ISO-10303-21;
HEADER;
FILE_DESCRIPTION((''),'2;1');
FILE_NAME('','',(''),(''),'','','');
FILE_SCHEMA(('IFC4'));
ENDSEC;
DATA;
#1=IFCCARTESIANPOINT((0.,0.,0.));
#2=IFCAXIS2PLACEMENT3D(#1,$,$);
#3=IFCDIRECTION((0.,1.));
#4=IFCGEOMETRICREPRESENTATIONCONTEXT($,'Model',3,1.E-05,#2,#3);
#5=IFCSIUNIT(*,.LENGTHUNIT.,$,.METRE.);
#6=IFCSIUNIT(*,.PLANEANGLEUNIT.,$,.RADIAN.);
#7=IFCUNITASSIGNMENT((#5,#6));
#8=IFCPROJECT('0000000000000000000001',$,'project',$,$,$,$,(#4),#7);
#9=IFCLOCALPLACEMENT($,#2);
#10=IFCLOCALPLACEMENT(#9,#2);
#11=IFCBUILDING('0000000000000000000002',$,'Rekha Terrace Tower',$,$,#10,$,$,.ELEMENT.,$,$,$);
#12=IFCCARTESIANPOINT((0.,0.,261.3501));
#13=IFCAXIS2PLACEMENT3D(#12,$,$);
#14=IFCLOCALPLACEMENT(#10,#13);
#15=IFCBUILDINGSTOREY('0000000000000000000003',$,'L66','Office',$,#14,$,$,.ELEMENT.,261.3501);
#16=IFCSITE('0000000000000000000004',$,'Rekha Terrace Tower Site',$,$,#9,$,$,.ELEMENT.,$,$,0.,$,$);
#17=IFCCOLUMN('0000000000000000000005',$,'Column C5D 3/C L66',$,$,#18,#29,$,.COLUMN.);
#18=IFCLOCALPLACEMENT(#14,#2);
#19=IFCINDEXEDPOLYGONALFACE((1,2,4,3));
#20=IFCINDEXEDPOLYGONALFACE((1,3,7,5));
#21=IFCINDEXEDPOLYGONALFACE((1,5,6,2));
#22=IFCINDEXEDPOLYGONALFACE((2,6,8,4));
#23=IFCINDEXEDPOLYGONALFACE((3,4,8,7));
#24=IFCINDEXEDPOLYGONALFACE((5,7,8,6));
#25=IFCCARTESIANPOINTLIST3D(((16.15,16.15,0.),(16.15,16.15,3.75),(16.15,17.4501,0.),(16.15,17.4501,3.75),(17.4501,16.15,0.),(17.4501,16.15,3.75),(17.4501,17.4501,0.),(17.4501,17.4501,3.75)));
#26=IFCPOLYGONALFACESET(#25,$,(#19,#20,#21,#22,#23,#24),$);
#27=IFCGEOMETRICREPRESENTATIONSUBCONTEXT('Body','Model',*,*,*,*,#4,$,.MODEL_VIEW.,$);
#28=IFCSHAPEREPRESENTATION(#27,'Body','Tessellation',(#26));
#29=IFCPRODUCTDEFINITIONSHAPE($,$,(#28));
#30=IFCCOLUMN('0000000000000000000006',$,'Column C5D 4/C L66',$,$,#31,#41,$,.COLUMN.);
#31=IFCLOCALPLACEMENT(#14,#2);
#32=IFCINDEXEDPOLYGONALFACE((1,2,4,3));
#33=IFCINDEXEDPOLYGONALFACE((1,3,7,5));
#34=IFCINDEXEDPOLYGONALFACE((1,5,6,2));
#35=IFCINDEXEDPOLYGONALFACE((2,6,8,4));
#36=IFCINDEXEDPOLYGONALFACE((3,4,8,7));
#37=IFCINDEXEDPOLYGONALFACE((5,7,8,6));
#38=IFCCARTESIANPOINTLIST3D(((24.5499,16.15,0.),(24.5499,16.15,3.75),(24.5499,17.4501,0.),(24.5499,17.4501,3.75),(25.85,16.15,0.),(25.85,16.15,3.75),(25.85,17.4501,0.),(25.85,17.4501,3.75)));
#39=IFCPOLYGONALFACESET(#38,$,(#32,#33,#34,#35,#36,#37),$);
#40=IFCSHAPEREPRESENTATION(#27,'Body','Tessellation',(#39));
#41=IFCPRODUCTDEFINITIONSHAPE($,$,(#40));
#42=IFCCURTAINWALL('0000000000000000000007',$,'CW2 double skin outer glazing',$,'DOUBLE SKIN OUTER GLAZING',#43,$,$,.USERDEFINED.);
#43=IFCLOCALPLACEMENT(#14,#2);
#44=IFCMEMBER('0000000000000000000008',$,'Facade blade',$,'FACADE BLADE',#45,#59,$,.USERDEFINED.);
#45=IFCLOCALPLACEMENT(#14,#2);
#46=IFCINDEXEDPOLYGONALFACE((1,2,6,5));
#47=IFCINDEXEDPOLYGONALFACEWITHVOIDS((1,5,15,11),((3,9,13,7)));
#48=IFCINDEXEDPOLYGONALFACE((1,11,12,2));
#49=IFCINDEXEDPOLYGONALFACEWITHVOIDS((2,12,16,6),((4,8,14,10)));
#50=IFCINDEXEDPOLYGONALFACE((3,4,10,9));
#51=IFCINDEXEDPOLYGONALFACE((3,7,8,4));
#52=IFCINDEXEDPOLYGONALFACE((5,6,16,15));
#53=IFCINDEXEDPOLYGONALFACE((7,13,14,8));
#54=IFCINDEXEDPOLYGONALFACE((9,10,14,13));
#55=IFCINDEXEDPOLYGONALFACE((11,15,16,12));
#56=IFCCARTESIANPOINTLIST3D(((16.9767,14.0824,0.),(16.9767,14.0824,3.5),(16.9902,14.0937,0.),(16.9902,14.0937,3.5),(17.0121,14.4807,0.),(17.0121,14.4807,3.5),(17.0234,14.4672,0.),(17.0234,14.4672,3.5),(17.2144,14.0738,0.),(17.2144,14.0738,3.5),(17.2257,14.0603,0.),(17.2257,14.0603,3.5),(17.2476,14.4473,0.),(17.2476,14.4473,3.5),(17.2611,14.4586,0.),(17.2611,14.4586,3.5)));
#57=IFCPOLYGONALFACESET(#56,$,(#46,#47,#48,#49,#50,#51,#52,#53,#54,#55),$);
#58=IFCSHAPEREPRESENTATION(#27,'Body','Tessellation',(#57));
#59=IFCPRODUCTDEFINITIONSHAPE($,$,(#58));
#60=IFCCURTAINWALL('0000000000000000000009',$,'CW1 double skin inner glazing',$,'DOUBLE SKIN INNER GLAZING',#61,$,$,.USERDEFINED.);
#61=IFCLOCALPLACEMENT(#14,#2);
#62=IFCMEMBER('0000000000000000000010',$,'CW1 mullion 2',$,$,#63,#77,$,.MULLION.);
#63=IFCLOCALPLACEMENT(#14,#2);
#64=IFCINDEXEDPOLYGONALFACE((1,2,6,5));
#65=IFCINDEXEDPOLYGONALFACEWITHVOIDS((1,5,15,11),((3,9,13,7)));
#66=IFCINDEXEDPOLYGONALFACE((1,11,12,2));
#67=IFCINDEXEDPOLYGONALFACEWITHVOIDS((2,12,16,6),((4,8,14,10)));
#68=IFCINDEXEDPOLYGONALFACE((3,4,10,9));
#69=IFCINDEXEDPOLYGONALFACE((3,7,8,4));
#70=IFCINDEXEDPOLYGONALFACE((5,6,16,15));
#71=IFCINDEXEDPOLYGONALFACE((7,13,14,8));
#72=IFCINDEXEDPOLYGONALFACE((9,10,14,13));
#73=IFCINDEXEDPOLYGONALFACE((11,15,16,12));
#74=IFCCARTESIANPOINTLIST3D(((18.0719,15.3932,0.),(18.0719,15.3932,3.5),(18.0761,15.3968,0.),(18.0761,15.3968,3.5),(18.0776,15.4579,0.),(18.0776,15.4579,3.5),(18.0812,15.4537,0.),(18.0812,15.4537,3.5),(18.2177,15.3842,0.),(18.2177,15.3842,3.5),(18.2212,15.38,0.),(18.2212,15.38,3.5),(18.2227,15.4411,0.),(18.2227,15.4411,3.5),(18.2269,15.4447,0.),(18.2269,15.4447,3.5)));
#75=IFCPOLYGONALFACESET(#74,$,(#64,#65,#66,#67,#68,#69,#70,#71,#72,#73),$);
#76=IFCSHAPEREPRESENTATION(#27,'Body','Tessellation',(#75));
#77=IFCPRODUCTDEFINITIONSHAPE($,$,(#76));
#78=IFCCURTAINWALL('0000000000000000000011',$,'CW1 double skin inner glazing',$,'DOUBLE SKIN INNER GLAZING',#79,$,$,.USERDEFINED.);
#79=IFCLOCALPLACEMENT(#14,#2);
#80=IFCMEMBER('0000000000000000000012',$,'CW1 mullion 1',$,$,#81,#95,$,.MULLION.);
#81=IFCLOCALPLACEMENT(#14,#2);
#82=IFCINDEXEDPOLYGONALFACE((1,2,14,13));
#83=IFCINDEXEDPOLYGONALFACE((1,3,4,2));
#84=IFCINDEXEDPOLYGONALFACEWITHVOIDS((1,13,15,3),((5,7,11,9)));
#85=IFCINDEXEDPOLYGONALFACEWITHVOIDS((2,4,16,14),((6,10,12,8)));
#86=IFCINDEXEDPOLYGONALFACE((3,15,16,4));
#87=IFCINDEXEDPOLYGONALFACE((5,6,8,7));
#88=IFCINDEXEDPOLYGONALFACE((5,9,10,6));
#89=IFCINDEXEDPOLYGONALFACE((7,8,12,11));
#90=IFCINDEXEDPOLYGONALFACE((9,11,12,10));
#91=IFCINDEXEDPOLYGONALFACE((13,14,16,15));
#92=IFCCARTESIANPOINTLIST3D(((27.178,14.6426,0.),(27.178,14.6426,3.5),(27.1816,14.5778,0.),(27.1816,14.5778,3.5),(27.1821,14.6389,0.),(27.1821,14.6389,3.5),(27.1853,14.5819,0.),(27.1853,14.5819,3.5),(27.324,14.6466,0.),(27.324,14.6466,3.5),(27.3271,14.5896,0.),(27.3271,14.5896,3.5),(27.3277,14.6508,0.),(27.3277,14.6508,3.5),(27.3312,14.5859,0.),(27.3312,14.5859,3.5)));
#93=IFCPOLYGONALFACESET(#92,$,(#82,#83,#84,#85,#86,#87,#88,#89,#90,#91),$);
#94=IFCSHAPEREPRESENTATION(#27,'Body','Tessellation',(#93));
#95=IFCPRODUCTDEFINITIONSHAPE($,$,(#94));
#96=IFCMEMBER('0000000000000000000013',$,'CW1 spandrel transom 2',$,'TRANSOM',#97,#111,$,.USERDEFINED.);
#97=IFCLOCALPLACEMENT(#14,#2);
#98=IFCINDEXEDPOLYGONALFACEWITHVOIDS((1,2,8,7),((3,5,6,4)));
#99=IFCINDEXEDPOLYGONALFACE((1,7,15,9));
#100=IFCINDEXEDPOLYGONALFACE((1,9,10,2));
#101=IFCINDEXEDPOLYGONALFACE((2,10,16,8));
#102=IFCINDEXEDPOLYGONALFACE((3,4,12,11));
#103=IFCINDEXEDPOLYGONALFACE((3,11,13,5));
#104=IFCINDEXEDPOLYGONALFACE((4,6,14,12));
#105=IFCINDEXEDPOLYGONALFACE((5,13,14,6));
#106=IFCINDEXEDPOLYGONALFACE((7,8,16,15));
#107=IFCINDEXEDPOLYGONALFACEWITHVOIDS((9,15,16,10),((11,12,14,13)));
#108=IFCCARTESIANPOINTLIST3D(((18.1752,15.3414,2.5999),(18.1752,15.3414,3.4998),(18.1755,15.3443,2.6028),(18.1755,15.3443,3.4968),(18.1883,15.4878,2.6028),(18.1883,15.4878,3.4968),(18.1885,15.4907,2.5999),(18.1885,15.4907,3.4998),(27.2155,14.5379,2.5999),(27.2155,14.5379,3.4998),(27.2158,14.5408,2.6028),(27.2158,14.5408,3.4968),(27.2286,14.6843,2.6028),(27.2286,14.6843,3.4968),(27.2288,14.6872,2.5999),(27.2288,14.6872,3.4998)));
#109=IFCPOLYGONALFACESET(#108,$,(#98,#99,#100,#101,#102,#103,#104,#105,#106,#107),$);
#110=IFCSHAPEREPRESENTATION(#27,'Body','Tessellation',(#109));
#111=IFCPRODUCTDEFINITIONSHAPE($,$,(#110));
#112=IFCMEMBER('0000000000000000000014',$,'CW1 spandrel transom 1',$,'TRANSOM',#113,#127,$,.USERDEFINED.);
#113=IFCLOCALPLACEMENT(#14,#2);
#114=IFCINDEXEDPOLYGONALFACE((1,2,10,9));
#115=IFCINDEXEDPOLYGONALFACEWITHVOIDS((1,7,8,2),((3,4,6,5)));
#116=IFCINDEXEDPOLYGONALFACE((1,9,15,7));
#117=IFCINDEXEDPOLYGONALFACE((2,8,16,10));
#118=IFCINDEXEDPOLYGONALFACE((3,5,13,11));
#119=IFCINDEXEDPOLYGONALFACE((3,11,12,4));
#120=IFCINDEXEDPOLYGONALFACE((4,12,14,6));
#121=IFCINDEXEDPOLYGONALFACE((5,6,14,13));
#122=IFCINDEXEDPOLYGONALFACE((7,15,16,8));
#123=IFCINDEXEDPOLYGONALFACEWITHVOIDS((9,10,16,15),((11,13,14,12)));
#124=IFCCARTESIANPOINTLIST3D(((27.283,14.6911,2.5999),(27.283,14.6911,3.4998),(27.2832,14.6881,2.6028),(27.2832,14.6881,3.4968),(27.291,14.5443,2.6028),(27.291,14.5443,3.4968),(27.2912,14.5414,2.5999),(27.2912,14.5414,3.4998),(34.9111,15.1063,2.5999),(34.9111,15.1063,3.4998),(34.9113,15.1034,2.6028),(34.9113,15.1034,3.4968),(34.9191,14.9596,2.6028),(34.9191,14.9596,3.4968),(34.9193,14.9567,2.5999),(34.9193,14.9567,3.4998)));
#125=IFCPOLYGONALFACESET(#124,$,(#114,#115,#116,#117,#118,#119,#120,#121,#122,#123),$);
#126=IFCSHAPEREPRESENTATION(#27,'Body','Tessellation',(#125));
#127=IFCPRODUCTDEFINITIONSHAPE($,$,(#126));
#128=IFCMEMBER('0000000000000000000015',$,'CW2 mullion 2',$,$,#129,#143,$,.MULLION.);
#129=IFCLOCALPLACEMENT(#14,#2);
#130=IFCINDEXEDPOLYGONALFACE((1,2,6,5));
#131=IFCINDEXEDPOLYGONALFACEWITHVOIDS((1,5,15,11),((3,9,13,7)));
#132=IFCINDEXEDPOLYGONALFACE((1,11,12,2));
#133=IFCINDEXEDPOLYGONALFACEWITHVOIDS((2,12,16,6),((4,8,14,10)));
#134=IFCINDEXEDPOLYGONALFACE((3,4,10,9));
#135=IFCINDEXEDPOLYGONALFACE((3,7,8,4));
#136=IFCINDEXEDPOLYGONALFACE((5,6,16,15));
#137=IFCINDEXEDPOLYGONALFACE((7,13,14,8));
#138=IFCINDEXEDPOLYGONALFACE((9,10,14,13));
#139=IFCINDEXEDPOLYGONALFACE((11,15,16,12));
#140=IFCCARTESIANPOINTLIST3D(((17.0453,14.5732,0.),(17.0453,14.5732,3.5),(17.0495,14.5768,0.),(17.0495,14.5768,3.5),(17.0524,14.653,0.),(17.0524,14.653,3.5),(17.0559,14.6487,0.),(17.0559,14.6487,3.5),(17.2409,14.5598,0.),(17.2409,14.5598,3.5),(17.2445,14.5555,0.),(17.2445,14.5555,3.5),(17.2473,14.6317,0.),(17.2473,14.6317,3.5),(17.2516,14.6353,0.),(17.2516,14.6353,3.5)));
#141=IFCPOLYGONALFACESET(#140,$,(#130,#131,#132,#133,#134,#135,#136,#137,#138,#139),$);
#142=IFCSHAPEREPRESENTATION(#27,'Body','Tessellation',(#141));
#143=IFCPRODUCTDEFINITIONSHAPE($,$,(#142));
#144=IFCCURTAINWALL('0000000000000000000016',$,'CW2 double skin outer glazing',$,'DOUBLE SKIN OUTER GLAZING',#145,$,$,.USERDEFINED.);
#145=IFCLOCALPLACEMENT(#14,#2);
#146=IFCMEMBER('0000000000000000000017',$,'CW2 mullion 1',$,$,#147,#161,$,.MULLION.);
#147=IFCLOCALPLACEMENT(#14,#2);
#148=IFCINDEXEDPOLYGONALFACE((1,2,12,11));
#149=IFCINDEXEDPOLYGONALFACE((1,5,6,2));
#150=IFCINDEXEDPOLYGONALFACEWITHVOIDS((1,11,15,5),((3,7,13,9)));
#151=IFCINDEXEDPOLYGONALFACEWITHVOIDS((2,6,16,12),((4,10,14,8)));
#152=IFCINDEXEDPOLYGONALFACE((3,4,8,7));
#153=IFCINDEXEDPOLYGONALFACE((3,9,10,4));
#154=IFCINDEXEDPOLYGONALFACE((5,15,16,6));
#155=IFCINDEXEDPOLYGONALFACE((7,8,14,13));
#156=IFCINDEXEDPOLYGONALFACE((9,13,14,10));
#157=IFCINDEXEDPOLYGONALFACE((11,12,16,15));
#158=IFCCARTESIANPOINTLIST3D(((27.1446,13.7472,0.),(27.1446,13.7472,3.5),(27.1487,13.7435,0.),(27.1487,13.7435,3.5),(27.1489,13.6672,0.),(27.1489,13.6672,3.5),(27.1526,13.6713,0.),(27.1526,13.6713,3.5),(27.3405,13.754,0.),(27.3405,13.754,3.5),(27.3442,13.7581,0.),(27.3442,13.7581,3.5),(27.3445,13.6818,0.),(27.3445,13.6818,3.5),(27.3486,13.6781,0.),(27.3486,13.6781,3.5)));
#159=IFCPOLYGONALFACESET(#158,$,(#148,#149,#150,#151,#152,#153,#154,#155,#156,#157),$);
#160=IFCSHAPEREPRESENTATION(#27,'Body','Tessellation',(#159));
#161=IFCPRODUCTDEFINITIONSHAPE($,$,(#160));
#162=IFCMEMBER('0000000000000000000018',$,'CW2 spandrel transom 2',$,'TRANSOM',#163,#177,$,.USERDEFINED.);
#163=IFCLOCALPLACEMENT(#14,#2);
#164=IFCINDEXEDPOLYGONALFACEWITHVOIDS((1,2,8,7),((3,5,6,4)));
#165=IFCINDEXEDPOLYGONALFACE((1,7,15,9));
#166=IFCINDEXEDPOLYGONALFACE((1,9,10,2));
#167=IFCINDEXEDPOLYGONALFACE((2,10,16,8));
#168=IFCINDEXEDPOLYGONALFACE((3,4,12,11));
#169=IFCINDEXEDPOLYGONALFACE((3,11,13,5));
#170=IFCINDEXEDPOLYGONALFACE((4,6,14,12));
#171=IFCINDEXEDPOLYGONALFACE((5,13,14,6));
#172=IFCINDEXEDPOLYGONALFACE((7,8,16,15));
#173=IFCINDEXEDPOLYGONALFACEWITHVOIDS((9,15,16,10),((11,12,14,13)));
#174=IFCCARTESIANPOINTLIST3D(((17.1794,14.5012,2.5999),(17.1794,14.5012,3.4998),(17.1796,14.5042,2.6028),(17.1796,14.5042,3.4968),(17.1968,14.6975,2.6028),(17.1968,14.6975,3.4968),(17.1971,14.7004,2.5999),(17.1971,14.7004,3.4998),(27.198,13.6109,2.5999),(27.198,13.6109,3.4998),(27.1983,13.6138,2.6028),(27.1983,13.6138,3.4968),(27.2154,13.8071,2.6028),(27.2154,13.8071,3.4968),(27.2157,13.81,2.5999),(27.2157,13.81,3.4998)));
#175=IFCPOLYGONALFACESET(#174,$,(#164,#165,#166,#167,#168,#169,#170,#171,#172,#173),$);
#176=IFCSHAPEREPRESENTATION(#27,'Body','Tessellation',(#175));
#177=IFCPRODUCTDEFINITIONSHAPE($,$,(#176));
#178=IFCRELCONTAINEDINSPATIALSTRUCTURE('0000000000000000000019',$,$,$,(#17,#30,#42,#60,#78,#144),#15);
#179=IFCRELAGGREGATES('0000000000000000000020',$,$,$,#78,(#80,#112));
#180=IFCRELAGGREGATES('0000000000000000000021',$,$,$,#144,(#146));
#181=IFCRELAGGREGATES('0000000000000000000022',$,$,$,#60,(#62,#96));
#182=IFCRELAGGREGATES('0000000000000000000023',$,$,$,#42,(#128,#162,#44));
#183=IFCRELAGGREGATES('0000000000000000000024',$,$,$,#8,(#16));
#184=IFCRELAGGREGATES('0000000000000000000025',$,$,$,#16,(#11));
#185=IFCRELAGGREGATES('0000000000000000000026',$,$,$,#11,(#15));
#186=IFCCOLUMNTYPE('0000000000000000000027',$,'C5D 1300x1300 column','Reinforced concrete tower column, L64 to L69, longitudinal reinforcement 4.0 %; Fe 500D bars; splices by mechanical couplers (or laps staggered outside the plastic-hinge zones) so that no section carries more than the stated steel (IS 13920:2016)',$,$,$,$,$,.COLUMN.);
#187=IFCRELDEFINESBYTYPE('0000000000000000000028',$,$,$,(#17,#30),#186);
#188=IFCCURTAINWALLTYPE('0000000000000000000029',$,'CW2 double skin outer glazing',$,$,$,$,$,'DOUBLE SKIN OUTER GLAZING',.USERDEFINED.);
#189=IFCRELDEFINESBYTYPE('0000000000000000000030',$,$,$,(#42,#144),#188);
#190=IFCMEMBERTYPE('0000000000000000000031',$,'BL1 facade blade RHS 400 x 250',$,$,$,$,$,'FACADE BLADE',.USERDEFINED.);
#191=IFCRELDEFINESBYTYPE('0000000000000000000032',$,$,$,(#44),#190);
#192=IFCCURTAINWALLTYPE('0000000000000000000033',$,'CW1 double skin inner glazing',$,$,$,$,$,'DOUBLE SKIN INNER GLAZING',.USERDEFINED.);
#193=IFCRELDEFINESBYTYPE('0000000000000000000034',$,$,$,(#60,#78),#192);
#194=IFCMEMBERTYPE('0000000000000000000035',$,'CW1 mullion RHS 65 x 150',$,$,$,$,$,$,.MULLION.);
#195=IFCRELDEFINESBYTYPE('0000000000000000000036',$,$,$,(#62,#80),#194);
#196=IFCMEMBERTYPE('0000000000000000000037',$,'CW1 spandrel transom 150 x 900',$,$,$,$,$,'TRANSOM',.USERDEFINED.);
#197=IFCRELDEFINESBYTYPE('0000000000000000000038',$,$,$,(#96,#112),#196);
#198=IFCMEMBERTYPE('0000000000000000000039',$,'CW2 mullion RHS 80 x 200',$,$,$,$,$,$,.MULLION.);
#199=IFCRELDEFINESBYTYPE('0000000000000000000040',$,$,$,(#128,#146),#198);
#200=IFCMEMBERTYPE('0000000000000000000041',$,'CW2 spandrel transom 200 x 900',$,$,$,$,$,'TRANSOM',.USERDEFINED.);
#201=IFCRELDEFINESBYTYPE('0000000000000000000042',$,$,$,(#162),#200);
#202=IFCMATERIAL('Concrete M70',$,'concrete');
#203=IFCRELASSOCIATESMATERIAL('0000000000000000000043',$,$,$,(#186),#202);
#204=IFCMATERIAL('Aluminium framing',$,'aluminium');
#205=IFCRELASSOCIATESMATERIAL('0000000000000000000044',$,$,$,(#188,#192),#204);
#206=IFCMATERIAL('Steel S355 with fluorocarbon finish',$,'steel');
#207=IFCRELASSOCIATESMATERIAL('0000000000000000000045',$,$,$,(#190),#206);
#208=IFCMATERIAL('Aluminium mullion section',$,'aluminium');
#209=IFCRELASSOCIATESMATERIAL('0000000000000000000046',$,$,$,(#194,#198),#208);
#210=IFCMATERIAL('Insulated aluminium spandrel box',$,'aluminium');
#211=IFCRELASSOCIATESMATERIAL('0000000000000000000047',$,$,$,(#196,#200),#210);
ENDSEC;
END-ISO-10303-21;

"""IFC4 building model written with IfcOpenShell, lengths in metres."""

from ifc_helpers import new_model, si_unit, direction, frame, origin, origin_2d, place, context, subcontext, project, spatial, rectangle, hollow_rectangle, extrude, material, material_profile, profile_set, type_object, element, aggregate, save


model = new_model("IFC4")

# Units and contexts
model_context = context("Model", 3, precision=1e-05, world=origin(), true_north=direction((0.0, 1.0)))
body_context = subcontext(model_context, "Body", "Model", "MODEL_VIEW")
ifc_project = project(units=[si_unit("LENGTHUNIT", "METRE"), si_unit("PLANEANGLEUNIT", "RADIAN")], contexts=[model_context])

# Site, building, storey
site_placement = place(None, origin())
site = spatial("IfcSite", under=ifc_project, at=site_placement, Name="Rekha Terrace Tower Site", CompositionType="ELEMENT", RefElevation=0.0)
building_placement = place(site_placement, origin())
building = spatial("IfcBuilding", under=site, at=building_placement, Name="Rekha Terrace Tower", CompositionType="ELEMENT")
storey_placement = place(building_placement, frame((0.0, 0.0, 261.3501)))
storey = spatial("IfcBuildingStorey", under=building, at=storey_placement, Name="L66", Description="Office", CompositionType="ELEMENT", Elevation=261.3501)

# Columns
ifc_material_1 = material(Name="Concrete M70", Category="concrete")
ifc_material_profile_1 = material_profile(ifc_material_1, rectangle(XDim=1.3, YDim=1.3, at=origin_2d()), Name="RC 1300x1300")
ifc_profile_set_1 = profile_set([ifc_material_profile_1], Name="Concrete M70")
column_type = type_object("IfcColumnType", Name="C5D 1300x1300 column", Description="Reinforced concrete tower column, L64 to L69, longitudinal reinforcement 4.0 %; Fe 500D bars; splices by mechanical couplers (or laps staggered outside the plastic-hinge zones) so that no section carries more than the stated steel (IS 13920:2016)", PredefinedType="COLUMN", material=ifc_profile_set_1)
for number, where, z_axis, x_axis, name in (
    (1, (16.8, 16.8, 0.0), (0.0, 0.0, 1.0), (1.0, 0.0, 0.0), "Column C5D 3/C L66"),
    (2, (25.2, 16.8, 0.0), (0.0, 0.0, 1.0), (1.0, 0.0, 0.0), "Column C5D 4/C L66"),
):
    element("IfcColumn", number, at=place(storey_placement, frame(where, z_axis=z_axis, x_axis=x_axis)), inside=storey, type_object=column_type, Name=name, PredefinedType="COLUMN", context=body_context, shape_type="SweptSolid", body=[
        extrude(rectangle(XDim=1.3, YDim=1.3, at=origin_2d()), origin(), (0.0, 0.0, 1.0), 3.75),
    ])

# Curtain walls, members
ifc_material_2 = material(Name="Aluminium framing", Category="aluminium")
curtain_wall_type_1 = type_object("IfcCurtainWallType", Name="CW2 double skin outer glazing", ElementType="DOUBLE SKIN OUTER GLAZING", PredefinedType="USERDEFINED", material=ifc_material_2)
curtain_wall_1_placement = place(storey_placement, origin())
curtain_wall_1 = element("IfcCurtainWall", 3, at=curtain_wall_1_placement, inside=storey, type_object=curtain_wall_type_1, Name="CW2 double skin outer glazing", ObjectType="DOUBLE SKIN OUTER GLAZING", PredefinedType="USERDEFINED")
ifc_material_3 = material(Name="Steel S355 with fluorocarbon finish", Category="steel")
ifc_material_profile_2 = material_profile(ifc_material_3, hollow_rectangle(XDim=0.25, YDim=0.3999, WallThickness=0.0125, at=origin_2d()), Name="RHS400x250x12.5")
ifc_profile_set_2 = profile_set([ifc_material_profile_2], Name="Steel S355 with fluorocarbon finish")
member_type_1 = type_object("IfcMemberType", Name="BL1 facade blade RHS 400 x 250", ElementType="FACADE BLADE", PredefinedType="USERDEFINED", material=ifc_profile_set_2)
member_1_placement = place(storey_placement, frame((17.1189, 14.2705, 0.0), z_axis=(0.0, 0.0, 1.0), x_axis=(0.996074, -0.088522, 0.0)))
member_1 = element("IfcMember", 4, at=member_1_placement, type_object=member_type_1, Name="Facade blade", ObjectType="FACADE BLADE", PredefinedType="USERDEFINED", context=body_context, shape_type="SweptSolid", body=[
    extrude(hollow_rectangle(XDim=0.25, YDim=0.3999, WallThickness=0.0125, at=origin_2d()), origin(), (0.0, 0.0, 1.0), 3.5),
])
curtain_wall_type_2 = type_object("IfcCurtainWallType", Name="CW1 double skin inner glazing", ElementType="DOUBLE SKIN INNER GLAZING", PredefinedType="USERDEFINED", material=ifc_material_2)
curtain_wall_2_placement = place(storey_placement, origin())
curtain_wall_2 = element("IfcCurtainWall", 5, at=curtain_wall_2_placement, inside=storey, type_object=curtain_wall_type_2, Name="CW1 double skin inner glazing", ObjectType="DOUBLE SKIN INNER GLAZING", PredefinedType="USERDEFINED")
ifc_material_4 = material(Name="Aluminium mullion section", Category="aluminium")
ifc_material_profile_3 = material_profile(ifc_material_4, hollow_rectangle(XDim=0.0649, YDim=0.1499, WallThickness=0.0039, at=origin_2d()), Name="AL RHS 65x150")
ifc_profile_set_3 = profile_set([ifc_material_profile_3], Name="Aluminium mullion section")
member_type_2 = type_object("IfcMemberType", Name="CW1 mullion RHS 65 x 150", PredefinedType="MULLION", material=ifc_profile_set_3)
member_2_placement = place(storey_placement, frame((18.1494, 15.4189, 0.0), z_axis=(0.0, 0.0, 1.0), x_axis=(0.088522, 0.996074, 0.0)))
member_2 = element("IfcMember", 6, at=member_2_placement, type_object=member_type_2, Name="CW1 mullion 2", PredefinedType="MULLION", context=body_context, shape_type="SweptSolid", body=[
    extrude(hollow_rectangle(XDim=0.0649, YDim=0.1499, WallThickness=0.0039, at=origin_2d()), origin(), (0.0, 0.0, 1.0), 3.5),
])
curtain_wall_3_placement = place(storey_placement, origin())
curtain_wall_3 = element("IfcCurtainWall", 7, at=curtain_wall_3_placement, inside=storey, type_object=curtain_wall_type_2, Name="CW1 double skin inner glazing", ObjectType="DOUBLE SKIN INNER GLAZING", PredefinedType="USERDEFINED")
member_3_placement = place(storey_placement, frame((27.2546, 14.6143, 0.0), z_axis=(0.0, 0.0, 1.0), x_axis=(-0.054389, 0.99852, 0.0)))
member_3 = element("IfcMember", 8, at=member_3_placement, type_object=member_type_2, Name="CW1 mullion 1", PredefinedType="MULLION", context=body_context, shape_type="SweptSolid", body=[
    extrude(hollow_rectangle(XDim=0.0649, YDim=0.1499, WallThickness=0.0039, at=origin_2d()), origin(), (0.0, 0.0, 1.0), 3.5),
])

# Members
ifc_material_5 = material(Name="Insulated aluminium spandrel box", Category="aluminium")
ifc_material_profile_4 = material_profile(ifc_material_5, hollow_rectangle(XDim=0.1499, YDim=0.8999, WallThickness=0.0029, at=origin_2d()), Name="AL SPANDREL BOX 150x900")
ifc_profile_set_4 = profile_set([ifc_material_profile_4], Name="Insulated aluminium spandrel box")
member_type_3 = type_object("IfcMemberType", Name="CW1 spandrel transom 150 x 900", ElementType="TRANSOM", PredefinedType="USERDEFINED", material=ifc_profile_set_4)
member_4_placement = place(storey_placement, frame((18.1819, 15.416, 3.0498), z_axis=(0.996074, -0.088527, 0.0), x_axis=(0.088527, 0.996074, 0.0)))
member_4 = element("IfcMember", 9, at=member_4_placement, type_object=member_type_3, Name="CW1 spandrel transom 2", ObjectType="TRANSOM", PredefinedType="USERDEFINED", context=body_context, shape_type="SweptSolid", body=[
    extrude(hollow_rectangle(XDim=0.1499, YDim=0.8999, WallThickness=0.0029, at=origin_2d()), origin(), (0.0, 0.0, 1.0), 9.0759),
])
member_5_placement = place(storey_placement, frame((27.2871, 14.6162, 3.0498), z_axis=(0.998521, 0.05436, 0.0), x_axis=(-0.05436, 0.998521, 0.0)))
member_5 = element("IfcMember", 10, at=member_5_placement, type_object=member_type_3, Name="CW1 spandrel transom 1", ObjectType="TRANSOM", PredefinedType="USERDEFINED", context=body_context, shape_type="SweptSolid", body=[
    extrude(hollow_rectangle(XDim=0.1499, YDim=0.8999, WallThickness=0.0029, at=origin_2d()), origin(), (0.0, 0.0, 1.0), 7.6394),
])
aggregate(curtain_wall_3, [member_3, member_5])
ifc_material_profile_5 = material_profile(ifc_material_4, hollow_rectangle(XDim=0.0801, YDim=0.2, WallThickness=0.0039, at=origin_2d()), Name="AL RHS 80x200")
ifc_profile_set_5 = profile_set([ifc_material_profile_5], Name="Aluminium mullion section")
member_type_4 = type_object("IfcMemberType", Name="CW2 mullion RHS 80 x 200", PredefinedType="MULLION", material=ifc_profile_set_5)
member_6_placement = place(storey_placement, frame((17.1484, 14.6042, 0.0), z_axis=(0.0, 0.0, 1.0), x_axis=(0.088522, 0.996074, 0.0)))
member_6 = element("IfcMember", 11, at=member_6_placement, type_object=member_type_4, Name="CW2 mullion 2", PredefinedType="MULLION", context=body_context, shape_type="SweptSolid", body=[
    extrude(hollow_rectangle(XDim=0.0801, YDim=0.2, WallThickness=0.0039, at=origin_2d()), origin(), (0.0, 0.0, 1.0), 3.5),
])

# Curtain wall, member
curtain_wall_4_placement = place(storey_placement, origin())
curtain_wall_4 = element("IfcCurtainWall", 12, at=curtain_wall_4_placement, inside=storey, type_object=curtain_wall_type_1, Name="CW2 double skin outer glazing", ObjectType="DOUBLE SKIN OUTER GLAZING", PredefinedType="USERDEFINED")
member_7_placement = place(storey_placement, frame((27.2466, 13.7126, 0.0), z_axis=(0.0, 0.0, 1.0), x_axis=(-0.054389, 0.99852, 0.0)))
member_7 = element("IfcMember", 13, at=member_7_placement, type_object=member_type_4, Name="CW2 mullion 1", PredefinedType="MULLION", context=body_context, shape_type="SweptSolid", body=[
    extrude(hollow_rectangle(XDim=0.0801, YDim=0.2, WallThickness=0.0039, at=origin_2d()), origin(), (0.0, 0.0, 1.0), 3.5),
])

# Member
ifc_material_profile_6 = material_profile(ifc_material_5, hollow_rectangle(XDim=0.2, YDim=0.8999, WallThickness=0.0029, at=origin_2d()), Name="AL SPANDREL BOX 200x900")
ifc_profile_set_6 = profile_set([ifc_material_profile_6], Name="Insulated aluminium spandrel box")
member_type_5 = type_object("IfcMemberType", Name="CW2 spandrel transom 200 x 900", ElementType="TRANSOM", PredefinedType="USERDEFINED", material=ifc_profile_set_6)
member_8_placement = place(storey_placement, frame((17.1882, 14.6008, 3.0498), z_axis=(0.996074, -0.088524, 0.0), x_axis=(0.088524, 0.996074, 0.0)))
member_8 = element("IfcMember", 14, at=member_8_placement, type_object=member_type_5, Name="CW2 spandrel transom 2", ObjectType="TRANSOM", PredefinedType="USERDEFINED", context=body_context, shape_type="SweptSolid", body=[
    extrude(hollow_rectangle(XDim=0.2, YDim=0.8999, WallThickness=0.0029, at=origin_2d()), origin(), (0.0, 0.0, 1.0), 10.0581),
])
aggregate(curtain_wall_4, [member_7])

aggregate(curtain_wall_2, [member_2, member_4])
aggregate(curtain_wall_1, [member_6, member_8, member_1])

save(model, "model.ifc")
